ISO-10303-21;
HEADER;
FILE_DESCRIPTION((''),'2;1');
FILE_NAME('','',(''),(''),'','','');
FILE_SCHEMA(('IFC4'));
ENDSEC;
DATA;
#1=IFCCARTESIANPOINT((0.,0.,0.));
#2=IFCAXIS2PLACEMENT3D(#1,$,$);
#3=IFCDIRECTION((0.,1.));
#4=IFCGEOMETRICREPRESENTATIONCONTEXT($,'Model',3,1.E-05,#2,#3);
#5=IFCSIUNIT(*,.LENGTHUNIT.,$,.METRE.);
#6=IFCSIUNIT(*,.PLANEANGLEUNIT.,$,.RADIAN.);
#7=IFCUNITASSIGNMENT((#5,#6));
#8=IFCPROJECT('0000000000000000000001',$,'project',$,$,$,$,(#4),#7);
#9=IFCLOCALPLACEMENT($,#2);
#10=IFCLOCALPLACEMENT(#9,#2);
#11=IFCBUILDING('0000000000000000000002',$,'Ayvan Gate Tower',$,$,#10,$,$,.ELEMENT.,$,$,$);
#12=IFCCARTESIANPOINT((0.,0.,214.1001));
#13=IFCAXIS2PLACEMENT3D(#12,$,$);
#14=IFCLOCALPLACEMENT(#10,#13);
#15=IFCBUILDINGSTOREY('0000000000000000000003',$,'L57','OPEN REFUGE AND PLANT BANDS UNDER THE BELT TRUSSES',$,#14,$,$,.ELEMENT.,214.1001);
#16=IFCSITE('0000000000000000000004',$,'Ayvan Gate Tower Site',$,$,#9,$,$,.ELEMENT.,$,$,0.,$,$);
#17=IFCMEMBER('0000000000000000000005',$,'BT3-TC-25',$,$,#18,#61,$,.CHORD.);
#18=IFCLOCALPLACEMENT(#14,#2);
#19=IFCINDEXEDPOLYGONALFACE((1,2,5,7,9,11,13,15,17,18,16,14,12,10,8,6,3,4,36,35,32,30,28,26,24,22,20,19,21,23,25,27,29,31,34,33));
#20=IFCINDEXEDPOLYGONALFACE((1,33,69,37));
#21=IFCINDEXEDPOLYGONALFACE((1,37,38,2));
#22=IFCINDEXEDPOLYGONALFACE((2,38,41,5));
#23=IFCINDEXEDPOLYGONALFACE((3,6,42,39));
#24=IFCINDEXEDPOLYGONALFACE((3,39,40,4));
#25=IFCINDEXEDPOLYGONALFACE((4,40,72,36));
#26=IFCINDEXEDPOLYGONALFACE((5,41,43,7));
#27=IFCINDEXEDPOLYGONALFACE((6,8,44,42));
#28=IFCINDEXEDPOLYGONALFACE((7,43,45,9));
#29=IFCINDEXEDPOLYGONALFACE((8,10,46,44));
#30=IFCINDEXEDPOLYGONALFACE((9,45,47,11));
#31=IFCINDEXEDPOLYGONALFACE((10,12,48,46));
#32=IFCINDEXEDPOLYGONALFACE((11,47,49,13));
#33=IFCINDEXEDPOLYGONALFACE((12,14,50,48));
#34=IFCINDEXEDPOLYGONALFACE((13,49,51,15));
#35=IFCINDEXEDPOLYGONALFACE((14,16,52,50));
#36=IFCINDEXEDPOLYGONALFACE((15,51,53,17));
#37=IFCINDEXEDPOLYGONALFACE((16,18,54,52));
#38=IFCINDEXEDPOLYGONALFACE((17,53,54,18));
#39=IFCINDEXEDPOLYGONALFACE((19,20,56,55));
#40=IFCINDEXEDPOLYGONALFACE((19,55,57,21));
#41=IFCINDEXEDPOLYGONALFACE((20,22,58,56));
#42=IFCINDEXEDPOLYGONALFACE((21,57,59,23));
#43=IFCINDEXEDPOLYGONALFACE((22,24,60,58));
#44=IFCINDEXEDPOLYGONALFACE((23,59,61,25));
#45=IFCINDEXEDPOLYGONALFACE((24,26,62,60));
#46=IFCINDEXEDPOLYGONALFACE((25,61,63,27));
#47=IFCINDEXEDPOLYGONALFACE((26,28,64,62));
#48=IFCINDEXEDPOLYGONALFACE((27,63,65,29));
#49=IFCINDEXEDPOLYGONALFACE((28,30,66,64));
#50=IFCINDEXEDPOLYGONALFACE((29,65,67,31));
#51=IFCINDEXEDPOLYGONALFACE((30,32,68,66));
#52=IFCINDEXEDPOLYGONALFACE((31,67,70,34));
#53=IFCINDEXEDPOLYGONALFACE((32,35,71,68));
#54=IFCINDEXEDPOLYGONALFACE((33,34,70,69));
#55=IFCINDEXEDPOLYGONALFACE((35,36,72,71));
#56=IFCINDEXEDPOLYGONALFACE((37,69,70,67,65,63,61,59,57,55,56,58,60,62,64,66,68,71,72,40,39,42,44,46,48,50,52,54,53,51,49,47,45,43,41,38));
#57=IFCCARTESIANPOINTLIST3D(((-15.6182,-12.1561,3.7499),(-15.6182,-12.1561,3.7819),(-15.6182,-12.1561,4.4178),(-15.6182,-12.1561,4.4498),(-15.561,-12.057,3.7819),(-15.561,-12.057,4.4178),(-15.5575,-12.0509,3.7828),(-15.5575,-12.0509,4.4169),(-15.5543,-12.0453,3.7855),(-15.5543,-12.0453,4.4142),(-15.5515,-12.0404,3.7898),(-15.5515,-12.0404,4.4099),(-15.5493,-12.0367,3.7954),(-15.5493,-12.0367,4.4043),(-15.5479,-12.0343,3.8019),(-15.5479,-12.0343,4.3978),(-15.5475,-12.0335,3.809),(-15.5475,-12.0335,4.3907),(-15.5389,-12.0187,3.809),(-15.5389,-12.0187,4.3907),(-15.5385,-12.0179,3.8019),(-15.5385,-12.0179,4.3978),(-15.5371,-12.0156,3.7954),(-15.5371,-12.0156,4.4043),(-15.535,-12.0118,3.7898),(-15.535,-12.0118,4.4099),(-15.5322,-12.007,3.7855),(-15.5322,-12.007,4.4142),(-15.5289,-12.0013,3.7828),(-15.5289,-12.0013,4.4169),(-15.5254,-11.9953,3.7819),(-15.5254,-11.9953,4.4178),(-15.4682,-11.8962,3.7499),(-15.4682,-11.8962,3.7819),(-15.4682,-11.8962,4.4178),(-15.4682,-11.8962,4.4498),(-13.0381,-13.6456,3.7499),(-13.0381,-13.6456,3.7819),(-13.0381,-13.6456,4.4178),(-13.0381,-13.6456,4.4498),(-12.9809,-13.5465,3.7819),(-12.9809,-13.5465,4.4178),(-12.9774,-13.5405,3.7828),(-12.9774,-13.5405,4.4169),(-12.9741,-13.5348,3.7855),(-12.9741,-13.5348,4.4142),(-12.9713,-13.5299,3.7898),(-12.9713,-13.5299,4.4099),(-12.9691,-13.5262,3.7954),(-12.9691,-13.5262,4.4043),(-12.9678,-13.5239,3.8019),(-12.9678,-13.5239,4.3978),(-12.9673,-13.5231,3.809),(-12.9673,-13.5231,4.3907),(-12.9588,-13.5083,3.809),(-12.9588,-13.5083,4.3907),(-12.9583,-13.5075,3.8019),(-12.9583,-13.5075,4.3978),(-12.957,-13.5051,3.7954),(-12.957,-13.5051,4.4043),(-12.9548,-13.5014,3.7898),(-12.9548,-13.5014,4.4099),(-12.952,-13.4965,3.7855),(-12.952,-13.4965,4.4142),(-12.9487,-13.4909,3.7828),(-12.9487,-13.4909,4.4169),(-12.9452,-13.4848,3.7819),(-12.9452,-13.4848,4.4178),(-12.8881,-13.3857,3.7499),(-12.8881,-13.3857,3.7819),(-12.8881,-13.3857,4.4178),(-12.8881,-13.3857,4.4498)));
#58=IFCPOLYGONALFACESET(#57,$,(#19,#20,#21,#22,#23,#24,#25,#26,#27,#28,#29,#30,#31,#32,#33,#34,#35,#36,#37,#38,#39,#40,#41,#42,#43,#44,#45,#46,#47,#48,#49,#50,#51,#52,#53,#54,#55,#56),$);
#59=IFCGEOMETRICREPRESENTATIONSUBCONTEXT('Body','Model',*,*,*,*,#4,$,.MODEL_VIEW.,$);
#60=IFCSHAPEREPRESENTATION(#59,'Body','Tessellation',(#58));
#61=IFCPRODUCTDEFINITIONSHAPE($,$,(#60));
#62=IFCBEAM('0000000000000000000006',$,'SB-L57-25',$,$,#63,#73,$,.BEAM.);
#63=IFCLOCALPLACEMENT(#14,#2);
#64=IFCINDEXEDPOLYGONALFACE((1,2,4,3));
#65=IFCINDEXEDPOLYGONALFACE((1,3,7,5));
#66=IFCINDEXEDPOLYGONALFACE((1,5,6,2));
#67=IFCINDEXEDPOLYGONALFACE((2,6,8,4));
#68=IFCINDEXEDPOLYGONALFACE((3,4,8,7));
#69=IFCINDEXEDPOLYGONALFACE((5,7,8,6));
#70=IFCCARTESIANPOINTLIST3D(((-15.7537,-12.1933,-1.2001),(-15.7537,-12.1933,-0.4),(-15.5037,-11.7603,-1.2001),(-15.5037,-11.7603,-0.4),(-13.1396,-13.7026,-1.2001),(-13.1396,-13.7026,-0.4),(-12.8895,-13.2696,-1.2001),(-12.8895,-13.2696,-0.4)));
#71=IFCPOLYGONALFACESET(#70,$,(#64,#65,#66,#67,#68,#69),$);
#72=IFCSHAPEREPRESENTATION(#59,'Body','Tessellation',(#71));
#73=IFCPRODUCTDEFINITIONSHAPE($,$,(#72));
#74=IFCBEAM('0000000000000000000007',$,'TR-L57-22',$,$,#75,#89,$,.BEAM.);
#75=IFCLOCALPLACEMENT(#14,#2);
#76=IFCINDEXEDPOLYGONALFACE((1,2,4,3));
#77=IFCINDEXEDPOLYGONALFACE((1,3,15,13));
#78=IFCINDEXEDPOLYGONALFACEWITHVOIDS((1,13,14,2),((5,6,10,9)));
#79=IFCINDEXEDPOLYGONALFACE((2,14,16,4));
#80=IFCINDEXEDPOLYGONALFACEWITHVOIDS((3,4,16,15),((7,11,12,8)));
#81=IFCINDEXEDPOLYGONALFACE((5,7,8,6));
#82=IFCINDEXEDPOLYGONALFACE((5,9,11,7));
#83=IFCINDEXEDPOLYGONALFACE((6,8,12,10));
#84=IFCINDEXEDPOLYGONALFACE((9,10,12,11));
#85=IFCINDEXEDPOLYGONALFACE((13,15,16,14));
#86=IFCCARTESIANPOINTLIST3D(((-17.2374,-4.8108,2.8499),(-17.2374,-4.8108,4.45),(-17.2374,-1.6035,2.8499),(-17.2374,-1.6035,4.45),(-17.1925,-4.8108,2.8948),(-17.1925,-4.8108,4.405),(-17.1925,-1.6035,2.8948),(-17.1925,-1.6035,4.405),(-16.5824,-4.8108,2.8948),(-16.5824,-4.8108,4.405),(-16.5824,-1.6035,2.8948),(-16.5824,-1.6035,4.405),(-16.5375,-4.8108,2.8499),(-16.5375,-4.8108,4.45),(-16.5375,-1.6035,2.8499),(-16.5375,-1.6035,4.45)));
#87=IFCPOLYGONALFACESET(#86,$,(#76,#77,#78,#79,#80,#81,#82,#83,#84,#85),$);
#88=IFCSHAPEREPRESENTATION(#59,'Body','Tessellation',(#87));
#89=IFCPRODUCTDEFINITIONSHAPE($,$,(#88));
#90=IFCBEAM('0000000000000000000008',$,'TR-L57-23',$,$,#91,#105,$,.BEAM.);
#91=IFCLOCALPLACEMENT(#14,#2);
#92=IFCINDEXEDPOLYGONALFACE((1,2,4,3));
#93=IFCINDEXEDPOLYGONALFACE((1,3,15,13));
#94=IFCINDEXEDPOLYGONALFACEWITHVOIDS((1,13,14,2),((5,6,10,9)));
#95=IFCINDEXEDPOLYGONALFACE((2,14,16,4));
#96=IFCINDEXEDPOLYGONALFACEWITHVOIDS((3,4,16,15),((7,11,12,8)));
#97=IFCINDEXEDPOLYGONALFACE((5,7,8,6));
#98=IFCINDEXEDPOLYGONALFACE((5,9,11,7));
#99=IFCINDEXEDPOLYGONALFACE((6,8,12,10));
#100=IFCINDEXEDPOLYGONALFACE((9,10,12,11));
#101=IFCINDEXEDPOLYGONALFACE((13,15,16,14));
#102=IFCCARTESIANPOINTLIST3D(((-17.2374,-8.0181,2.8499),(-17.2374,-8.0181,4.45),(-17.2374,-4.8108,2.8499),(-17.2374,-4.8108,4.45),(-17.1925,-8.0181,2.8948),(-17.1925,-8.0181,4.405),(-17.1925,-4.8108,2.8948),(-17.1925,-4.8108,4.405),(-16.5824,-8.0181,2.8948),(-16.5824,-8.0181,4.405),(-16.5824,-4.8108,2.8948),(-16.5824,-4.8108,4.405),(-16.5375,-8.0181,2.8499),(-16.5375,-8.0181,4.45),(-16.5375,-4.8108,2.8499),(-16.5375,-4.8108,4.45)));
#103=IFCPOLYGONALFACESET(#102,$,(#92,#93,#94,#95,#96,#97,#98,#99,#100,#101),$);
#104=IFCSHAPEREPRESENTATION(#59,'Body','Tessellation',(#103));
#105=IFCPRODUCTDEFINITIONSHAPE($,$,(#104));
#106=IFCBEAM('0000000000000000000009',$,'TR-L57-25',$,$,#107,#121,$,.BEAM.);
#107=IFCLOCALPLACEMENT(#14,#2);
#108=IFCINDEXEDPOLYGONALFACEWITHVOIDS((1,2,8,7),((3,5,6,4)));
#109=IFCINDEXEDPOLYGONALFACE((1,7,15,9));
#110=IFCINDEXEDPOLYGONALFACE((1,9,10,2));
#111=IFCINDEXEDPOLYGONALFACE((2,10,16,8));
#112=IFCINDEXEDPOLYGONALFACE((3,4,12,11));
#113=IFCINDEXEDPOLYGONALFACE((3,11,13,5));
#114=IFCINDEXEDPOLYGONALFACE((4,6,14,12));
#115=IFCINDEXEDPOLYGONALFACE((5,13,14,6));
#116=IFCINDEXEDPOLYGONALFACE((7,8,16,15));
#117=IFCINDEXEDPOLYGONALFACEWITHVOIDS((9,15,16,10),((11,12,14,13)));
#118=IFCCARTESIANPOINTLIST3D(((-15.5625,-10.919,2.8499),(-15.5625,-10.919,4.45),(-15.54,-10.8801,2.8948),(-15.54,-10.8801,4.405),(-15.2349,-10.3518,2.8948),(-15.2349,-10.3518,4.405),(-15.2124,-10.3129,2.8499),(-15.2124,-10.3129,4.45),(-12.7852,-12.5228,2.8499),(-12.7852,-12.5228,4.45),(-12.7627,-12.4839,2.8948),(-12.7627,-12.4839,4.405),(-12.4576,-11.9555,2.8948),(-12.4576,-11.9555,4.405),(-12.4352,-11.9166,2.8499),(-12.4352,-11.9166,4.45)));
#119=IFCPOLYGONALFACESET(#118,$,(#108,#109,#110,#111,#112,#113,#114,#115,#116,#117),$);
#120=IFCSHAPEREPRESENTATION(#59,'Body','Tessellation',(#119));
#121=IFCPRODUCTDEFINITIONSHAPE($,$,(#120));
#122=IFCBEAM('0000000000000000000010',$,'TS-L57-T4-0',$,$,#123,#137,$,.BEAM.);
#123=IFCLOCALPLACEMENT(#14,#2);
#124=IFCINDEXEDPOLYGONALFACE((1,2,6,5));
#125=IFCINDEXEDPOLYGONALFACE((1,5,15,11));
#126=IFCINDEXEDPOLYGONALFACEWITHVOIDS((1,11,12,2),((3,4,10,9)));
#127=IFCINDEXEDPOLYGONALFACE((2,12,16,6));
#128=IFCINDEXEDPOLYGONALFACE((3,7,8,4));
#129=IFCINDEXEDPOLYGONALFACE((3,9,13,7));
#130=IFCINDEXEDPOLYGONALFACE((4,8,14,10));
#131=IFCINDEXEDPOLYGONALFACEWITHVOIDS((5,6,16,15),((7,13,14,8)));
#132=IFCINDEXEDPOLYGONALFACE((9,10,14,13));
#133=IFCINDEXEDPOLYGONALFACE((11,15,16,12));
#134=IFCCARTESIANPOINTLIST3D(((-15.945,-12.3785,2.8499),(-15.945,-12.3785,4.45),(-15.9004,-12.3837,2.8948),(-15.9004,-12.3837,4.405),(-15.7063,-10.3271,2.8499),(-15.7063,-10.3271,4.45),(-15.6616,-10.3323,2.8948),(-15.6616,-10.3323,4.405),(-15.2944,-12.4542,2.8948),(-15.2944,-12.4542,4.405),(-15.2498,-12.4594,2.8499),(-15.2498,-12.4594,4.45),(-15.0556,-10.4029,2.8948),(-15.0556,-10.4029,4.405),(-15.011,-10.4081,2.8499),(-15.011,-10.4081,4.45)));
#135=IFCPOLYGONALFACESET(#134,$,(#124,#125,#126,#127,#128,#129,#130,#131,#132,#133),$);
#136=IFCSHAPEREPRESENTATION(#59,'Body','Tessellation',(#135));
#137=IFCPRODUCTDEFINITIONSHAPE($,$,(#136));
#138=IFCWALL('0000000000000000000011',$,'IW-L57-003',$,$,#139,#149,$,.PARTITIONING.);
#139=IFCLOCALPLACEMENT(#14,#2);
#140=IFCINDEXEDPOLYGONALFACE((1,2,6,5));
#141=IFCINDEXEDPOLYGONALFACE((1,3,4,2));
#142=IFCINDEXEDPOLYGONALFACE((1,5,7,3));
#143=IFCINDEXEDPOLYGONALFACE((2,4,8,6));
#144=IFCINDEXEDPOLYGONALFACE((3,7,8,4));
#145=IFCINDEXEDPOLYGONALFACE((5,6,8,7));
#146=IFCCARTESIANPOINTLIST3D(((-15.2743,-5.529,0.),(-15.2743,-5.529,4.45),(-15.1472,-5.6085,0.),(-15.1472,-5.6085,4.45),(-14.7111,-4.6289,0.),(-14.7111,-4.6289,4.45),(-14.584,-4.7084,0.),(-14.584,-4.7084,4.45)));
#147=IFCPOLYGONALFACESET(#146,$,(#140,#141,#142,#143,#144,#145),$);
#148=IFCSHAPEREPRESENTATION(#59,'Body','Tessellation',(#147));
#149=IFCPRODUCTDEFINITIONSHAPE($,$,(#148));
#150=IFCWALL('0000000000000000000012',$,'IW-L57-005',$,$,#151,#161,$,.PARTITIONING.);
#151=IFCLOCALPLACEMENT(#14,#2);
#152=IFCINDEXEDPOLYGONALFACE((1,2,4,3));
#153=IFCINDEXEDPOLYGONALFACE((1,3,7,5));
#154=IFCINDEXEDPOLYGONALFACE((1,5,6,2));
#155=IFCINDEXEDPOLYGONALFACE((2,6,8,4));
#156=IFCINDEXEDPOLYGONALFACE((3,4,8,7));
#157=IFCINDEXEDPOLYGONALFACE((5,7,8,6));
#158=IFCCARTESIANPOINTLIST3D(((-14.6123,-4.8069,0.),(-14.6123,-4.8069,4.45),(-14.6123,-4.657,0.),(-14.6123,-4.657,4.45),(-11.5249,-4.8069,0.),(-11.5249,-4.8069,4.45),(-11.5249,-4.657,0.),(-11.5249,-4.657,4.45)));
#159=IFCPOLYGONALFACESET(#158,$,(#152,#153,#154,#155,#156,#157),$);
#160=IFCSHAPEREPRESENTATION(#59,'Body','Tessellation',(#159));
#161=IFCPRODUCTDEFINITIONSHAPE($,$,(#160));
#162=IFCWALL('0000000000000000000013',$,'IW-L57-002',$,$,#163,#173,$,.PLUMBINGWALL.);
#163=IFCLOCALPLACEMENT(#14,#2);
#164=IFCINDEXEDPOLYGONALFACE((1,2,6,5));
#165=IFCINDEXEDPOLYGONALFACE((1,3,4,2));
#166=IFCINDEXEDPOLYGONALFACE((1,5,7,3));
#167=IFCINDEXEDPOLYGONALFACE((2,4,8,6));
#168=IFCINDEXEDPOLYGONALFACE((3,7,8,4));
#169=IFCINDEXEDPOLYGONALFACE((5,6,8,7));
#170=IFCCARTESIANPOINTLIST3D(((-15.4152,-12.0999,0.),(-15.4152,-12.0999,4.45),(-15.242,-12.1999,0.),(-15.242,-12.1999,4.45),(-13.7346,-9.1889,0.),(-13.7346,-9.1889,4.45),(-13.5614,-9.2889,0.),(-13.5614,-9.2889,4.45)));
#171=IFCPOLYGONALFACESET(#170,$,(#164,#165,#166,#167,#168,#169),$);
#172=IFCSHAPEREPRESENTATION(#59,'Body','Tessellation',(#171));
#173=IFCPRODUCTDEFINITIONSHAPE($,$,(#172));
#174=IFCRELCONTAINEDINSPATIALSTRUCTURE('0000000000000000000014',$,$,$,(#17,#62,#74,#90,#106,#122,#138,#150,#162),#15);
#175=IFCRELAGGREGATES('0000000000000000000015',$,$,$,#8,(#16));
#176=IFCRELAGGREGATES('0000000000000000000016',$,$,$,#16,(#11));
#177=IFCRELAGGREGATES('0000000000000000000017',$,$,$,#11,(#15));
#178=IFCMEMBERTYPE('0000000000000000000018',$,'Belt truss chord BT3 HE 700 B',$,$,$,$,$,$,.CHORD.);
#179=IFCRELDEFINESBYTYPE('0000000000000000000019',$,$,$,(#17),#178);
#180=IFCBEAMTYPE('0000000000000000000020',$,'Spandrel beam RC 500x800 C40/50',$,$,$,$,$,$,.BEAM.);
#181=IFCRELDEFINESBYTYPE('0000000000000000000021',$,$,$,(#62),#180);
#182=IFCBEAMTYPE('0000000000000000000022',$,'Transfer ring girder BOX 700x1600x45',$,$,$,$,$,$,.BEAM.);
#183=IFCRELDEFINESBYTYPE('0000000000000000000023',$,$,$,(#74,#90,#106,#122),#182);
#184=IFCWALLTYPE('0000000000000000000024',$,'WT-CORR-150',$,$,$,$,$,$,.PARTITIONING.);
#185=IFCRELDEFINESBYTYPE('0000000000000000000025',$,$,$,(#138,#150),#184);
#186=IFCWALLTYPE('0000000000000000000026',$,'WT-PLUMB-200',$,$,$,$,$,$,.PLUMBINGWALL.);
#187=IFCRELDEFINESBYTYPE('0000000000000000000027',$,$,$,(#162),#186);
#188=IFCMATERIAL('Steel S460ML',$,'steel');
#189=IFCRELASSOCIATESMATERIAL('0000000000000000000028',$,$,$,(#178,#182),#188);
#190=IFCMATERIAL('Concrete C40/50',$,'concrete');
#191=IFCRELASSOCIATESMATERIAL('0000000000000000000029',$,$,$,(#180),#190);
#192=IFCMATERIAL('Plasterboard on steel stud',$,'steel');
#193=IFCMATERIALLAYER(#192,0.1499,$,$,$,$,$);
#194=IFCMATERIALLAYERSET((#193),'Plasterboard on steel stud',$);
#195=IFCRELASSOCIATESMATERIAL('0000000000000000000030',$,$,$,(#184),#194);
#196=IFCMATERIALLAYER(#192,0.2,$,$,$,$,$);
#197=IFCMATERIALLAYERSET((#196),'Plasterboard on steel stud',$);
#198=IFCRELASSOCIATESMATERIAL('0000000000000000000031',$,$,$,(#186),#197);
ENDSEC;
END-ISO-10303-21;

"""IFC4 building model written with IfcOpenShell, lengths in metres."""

from ifc_helpers import new_model, si_unit, direction, frame, frame_2d, origin, origin_2d, place, context, subcontext, project, spatial, rectangle, hollow_rectangle, i_section, extrude, material, layer, layer_set, material_profile, profile_set, type_object, element, save


model = new_model("IFC4")

# Units and contexts
model_context = context("Model", 3, precision=1e-05, world=origin(), true_north=direction((0.0, 1.0)))
body_context = subcontext(model_context, "Body", "Model", "MODEL_VIEW")
ifc_project = project(units=[si_unit("LENGTHUNIT", "METRE"), si_unit("PLANEANGLEUNIT", "RADIAN")], contexts=[model_context])

# Site, building, storey
site_placement = place(None, origin())
site = spatial("IfcSite", under=ifc_project, at=site_placement, Name="Ayvan Gate Tower Site", CompositionType="ELEMENT", RefElevation=0.0)
building_placement = place(site_placement, origin())
building = spatial("IfcBuilding", under=site, at=building_placement, Name="Ayvan Gate Tower", CompositionType="ELEMENT")
storey_placement = place(building_placement, frame((0.0, 0.0, 214.1001)))
storey = spatial("IfcBuildingStorey", under=building, at=storey_placement, Name="L57", Description="OPEN REFUGE AND PLANT BANDS UNDER THE BELT TRUSSES", CompositionType="ELEMENT", Elevation=214.1001)

# Member
ifc_material_1 = material(Name="Steel S460ML", Category="steel")
ifc_material_profile_1 = material_profile(ifc_material_1, i_section(OverallWidth=0.3, OverallDepth=0.7, WebThickness=0.0171, FlangeThickness=0.032, FilletRadius=0.0271, at=origin_2d()), Name="HE 700 B")
ifc_profile_set_1 = profile_set([ifc_material_profile_1], Name="Steel S460ML")
member_type_1 = type_object("IfcMemberType", Name="Belt truss chord BT3 HE 700 B", PredefinedType="CHORD", material=ifc_profile_set_1)
member_1_placement = place(storey_placement, frame((-15.5432, -12.0261, 4.0999), z_axis=(0.866041, -0.499973, 0.0), x_axis=(0.499973, 0.866041, 0.0)))
element("IfcMember", 1, at=member_1_placement, inside=storey, type_object=member_type_1, Name="BT3-TC-25", PredefinedType="CHORD", context=body_context, shape_type="SweptSolid", body=[
    extrude(i_section(OverallWidth=0.3, OverallDepth=0.7, WebThickness=0.0171, FlangeThickness=0.032, FilletRadius=0.0271, at=origin_2d()), origin(), (0.0, 0.0, 1.0), 2.9792),
])

# Beams
ifc_material_2 = material(Name="Concrete C40/50", Category="concrete")
ifc_material_profile_2 = material_profile(ifc_material_2, rectangle(XDim=0.5, YDim=0.8, at=origin_2d()), Name="RC 500x800")
ifc_profile_set_2 = profile_set([ifc_material_profile_2], Name="Concrete C40/50")
beam_type_1 = type_object("IfcBeamType", Name="Spandrel beam RC 500x800 C40/50", PredefinedType="BEAM", material=ifc_profile_set_2)
beam_1_placement = place(storey_placement, frame((-15.6287, -11.9768, -0.8), z_axis=(0.866015, -0.500019, 0.0), x_axis=(0.500019, 0.866015, 0.0)))
element("IfcBeam", 2, at=beam_1_placement, inside=storey, type_object=beam_type_1, Name="SB-L57-25", PredefinedType="BEAM", context=body_context, shape_type="SweptSolid", body=[
    extrude(rectangle(XDim=0.5, YDim=0.8, at=origin_2d()), origin(), (0.0, 0.0, 1.0), 3.0186),
])
ifc_material_profile_3 = material_profile(ifc_material_1, hollow_rectangle(XDim=0.7, YDim=1.6001, WallThickness=0.0449, at=origin_2d()), Name="BOX 700x1600x45")
ifc_profile_set_3 = profile_set([ifc_material_profile_3], Name="Steel S460ML")
beam_type_2 = type_object("IfcBeamType", Name="Transfer ring girder BOX 700x1600x45", PredefinedType="BEAM", material=ifc_profile_set_3)
for number, where, z_axis, x_axis, name in (
    (3, (-16.8875, -1.6035, 3.6499), (0.0, -1.0, 0.0), (1.0, 0.0, 0.0), "TR-L57-22"),
    (4, (-16.8875, -4.8108, 3.6499), (0.0, -1.0, 0.0), (1.0, 0.0, 0.0), "TR-L57-23"),
):
    element("IfcBeam", number, at=place(storey_placement, frame(where, z_axis=z_axis, x_axis=x_axis)), inside=storey, type_object=beam_type_2, Name=name, PredefinedType="BEAM", context=body_context, shape_type="SweptSolid", body=[
        extrude(hollow_rectangle(XDim=0.7, YDim=1.6001, WallThickness=0.0449, at=origin_2d()), origin(), (0.0, 0.0, 1.0), 3.2073),
    ])
beam_2_placement = place(storey_placement, frame((-15.3875, -10.616, 3.6499), z_axis=(0.86599, -0.500061, 0.0), x_axis=(0.500061, 0.86599, 0.0)))
element("IfcBeam", 5, at=beam_2_placement, inside=storey, type_object=beam_type_2, Name="TR-L57-25", PredefinedType="BEAM", context=body_context, shape_type="SweptSolid", body=[
    extrude(hollow_rectangle(XDim=0.7, YDim=1.6001, WallThickness=0.0449, at=origin_2d()), origin(), (0.0, 0.0, 1.0), 3.207),
])
beam_3_placement = place(storey_placement, frame((-15.5974, -12.4189, 3.6499), z_axis=(0.11562, 0.993293, 0.0), x_axis=(-0.993293, 0.11562, 0.0)))
element("IfcBeam", 6, at=beam_3_placement, inside=storey, type_object=beam_type_2, Name="TS-L57-T4-0", PredefinedType="BEAM", context=body_context, shape_type="SweptSolid", body=[
    extrude(hollow_rectangle(XDim=0.7, YDim=1.6001, WallThickness=0.0449, at=origin_2d()), origin(), (0.0, 0.0, 1.0), 2.0652),
])

# Walls
ifc_material_3 = material(Name="Plasterboard on steel stud", Category="steel")
ifc_layer_1 = layer(ifc_material_3, 0.1499)
ifc_layer_set_1 = layer_set([ifc_layer_1], Name="Plasterboard on steel stud")
wall_type_1 = type_object("IfcWallType", Name="WT-CORR-150", PredefinedType="PARTITIONING", material=ifc_layer_set_1)
wall_1_placement = place(storey_placement, frame((-15.2107, -5.5686, 0.0), z_axis=(0.0, 0.0, 1.0), x_axis=(0.530433, 0.847727, 0.0)))
element("IfcWall", 7, at=wall_1_placement, inside=storey, type_object=wall_type_1, Name="IW-L57-003", PredefinedType="PARTITIONING", context=body_context, shape_type="SweptSolid", body=[
    extrude(rectangle(XDim=1.0618, YDim=0.1499, at=frame_2d((0.5308, 0.0))), origin(), (0.0, 0.0, 1.0), 4.45),
])
wall_2_placement = place(storey_placement, frame((-14.6123, -4.7319, 0.0), z_axis=(0.0, 0.0, 1.0), x_axis=(1.0, 0.0, 0.0)))
element("IfcWall", 8, at=wall_2_placement, inside=storey, type_object=wall_type_1, Name="IW-L57-005", PredefinedType="PARTITIONING", context=body_context, shape_type="SweptSolid", body=[
    extrude(rectangle(XDim=3.0874, YDim=0.1499, at=frame_2d((1.5437, 0.0))), origin(), (0.0, 0.0, 1.0), 4.45),
])
ifc_layer_2 = layer(ifc_material_3, 0.2)
ifc_layer_set_2 = layer_set([ifc_layer_2], Name="Plasterboard on steel stud")
wall_type_2 = type_object("IfcWallType", Name="WT-PLUMB-200", PredefinedType="PLUMBINGWALL", material=ifc_layer_set_2)
wall_3_placement = place(storey_placement, frame((-15.3286, -12.1499, 0.0), z_axis=(0.0, 0.0, 1.0), x_axis=(0.499982, 0.866036, 0.0)))
element("IfcWall", 9, at=wall_3_placement, inside=storey, type_object=wall_type_2, Name="IW-L57-002", PredefinedType="PLUMBINGWALL", context=body_context, shape_type="SweptSolid", body=[
    extrude(rectangle(XDim=3.3613, YDim=0.2, at=frame_2d((1.6807, 0.0))), origin(), (0.0, 0.0, 1.0), 4.45),
])

save(model, "model.ifc")
